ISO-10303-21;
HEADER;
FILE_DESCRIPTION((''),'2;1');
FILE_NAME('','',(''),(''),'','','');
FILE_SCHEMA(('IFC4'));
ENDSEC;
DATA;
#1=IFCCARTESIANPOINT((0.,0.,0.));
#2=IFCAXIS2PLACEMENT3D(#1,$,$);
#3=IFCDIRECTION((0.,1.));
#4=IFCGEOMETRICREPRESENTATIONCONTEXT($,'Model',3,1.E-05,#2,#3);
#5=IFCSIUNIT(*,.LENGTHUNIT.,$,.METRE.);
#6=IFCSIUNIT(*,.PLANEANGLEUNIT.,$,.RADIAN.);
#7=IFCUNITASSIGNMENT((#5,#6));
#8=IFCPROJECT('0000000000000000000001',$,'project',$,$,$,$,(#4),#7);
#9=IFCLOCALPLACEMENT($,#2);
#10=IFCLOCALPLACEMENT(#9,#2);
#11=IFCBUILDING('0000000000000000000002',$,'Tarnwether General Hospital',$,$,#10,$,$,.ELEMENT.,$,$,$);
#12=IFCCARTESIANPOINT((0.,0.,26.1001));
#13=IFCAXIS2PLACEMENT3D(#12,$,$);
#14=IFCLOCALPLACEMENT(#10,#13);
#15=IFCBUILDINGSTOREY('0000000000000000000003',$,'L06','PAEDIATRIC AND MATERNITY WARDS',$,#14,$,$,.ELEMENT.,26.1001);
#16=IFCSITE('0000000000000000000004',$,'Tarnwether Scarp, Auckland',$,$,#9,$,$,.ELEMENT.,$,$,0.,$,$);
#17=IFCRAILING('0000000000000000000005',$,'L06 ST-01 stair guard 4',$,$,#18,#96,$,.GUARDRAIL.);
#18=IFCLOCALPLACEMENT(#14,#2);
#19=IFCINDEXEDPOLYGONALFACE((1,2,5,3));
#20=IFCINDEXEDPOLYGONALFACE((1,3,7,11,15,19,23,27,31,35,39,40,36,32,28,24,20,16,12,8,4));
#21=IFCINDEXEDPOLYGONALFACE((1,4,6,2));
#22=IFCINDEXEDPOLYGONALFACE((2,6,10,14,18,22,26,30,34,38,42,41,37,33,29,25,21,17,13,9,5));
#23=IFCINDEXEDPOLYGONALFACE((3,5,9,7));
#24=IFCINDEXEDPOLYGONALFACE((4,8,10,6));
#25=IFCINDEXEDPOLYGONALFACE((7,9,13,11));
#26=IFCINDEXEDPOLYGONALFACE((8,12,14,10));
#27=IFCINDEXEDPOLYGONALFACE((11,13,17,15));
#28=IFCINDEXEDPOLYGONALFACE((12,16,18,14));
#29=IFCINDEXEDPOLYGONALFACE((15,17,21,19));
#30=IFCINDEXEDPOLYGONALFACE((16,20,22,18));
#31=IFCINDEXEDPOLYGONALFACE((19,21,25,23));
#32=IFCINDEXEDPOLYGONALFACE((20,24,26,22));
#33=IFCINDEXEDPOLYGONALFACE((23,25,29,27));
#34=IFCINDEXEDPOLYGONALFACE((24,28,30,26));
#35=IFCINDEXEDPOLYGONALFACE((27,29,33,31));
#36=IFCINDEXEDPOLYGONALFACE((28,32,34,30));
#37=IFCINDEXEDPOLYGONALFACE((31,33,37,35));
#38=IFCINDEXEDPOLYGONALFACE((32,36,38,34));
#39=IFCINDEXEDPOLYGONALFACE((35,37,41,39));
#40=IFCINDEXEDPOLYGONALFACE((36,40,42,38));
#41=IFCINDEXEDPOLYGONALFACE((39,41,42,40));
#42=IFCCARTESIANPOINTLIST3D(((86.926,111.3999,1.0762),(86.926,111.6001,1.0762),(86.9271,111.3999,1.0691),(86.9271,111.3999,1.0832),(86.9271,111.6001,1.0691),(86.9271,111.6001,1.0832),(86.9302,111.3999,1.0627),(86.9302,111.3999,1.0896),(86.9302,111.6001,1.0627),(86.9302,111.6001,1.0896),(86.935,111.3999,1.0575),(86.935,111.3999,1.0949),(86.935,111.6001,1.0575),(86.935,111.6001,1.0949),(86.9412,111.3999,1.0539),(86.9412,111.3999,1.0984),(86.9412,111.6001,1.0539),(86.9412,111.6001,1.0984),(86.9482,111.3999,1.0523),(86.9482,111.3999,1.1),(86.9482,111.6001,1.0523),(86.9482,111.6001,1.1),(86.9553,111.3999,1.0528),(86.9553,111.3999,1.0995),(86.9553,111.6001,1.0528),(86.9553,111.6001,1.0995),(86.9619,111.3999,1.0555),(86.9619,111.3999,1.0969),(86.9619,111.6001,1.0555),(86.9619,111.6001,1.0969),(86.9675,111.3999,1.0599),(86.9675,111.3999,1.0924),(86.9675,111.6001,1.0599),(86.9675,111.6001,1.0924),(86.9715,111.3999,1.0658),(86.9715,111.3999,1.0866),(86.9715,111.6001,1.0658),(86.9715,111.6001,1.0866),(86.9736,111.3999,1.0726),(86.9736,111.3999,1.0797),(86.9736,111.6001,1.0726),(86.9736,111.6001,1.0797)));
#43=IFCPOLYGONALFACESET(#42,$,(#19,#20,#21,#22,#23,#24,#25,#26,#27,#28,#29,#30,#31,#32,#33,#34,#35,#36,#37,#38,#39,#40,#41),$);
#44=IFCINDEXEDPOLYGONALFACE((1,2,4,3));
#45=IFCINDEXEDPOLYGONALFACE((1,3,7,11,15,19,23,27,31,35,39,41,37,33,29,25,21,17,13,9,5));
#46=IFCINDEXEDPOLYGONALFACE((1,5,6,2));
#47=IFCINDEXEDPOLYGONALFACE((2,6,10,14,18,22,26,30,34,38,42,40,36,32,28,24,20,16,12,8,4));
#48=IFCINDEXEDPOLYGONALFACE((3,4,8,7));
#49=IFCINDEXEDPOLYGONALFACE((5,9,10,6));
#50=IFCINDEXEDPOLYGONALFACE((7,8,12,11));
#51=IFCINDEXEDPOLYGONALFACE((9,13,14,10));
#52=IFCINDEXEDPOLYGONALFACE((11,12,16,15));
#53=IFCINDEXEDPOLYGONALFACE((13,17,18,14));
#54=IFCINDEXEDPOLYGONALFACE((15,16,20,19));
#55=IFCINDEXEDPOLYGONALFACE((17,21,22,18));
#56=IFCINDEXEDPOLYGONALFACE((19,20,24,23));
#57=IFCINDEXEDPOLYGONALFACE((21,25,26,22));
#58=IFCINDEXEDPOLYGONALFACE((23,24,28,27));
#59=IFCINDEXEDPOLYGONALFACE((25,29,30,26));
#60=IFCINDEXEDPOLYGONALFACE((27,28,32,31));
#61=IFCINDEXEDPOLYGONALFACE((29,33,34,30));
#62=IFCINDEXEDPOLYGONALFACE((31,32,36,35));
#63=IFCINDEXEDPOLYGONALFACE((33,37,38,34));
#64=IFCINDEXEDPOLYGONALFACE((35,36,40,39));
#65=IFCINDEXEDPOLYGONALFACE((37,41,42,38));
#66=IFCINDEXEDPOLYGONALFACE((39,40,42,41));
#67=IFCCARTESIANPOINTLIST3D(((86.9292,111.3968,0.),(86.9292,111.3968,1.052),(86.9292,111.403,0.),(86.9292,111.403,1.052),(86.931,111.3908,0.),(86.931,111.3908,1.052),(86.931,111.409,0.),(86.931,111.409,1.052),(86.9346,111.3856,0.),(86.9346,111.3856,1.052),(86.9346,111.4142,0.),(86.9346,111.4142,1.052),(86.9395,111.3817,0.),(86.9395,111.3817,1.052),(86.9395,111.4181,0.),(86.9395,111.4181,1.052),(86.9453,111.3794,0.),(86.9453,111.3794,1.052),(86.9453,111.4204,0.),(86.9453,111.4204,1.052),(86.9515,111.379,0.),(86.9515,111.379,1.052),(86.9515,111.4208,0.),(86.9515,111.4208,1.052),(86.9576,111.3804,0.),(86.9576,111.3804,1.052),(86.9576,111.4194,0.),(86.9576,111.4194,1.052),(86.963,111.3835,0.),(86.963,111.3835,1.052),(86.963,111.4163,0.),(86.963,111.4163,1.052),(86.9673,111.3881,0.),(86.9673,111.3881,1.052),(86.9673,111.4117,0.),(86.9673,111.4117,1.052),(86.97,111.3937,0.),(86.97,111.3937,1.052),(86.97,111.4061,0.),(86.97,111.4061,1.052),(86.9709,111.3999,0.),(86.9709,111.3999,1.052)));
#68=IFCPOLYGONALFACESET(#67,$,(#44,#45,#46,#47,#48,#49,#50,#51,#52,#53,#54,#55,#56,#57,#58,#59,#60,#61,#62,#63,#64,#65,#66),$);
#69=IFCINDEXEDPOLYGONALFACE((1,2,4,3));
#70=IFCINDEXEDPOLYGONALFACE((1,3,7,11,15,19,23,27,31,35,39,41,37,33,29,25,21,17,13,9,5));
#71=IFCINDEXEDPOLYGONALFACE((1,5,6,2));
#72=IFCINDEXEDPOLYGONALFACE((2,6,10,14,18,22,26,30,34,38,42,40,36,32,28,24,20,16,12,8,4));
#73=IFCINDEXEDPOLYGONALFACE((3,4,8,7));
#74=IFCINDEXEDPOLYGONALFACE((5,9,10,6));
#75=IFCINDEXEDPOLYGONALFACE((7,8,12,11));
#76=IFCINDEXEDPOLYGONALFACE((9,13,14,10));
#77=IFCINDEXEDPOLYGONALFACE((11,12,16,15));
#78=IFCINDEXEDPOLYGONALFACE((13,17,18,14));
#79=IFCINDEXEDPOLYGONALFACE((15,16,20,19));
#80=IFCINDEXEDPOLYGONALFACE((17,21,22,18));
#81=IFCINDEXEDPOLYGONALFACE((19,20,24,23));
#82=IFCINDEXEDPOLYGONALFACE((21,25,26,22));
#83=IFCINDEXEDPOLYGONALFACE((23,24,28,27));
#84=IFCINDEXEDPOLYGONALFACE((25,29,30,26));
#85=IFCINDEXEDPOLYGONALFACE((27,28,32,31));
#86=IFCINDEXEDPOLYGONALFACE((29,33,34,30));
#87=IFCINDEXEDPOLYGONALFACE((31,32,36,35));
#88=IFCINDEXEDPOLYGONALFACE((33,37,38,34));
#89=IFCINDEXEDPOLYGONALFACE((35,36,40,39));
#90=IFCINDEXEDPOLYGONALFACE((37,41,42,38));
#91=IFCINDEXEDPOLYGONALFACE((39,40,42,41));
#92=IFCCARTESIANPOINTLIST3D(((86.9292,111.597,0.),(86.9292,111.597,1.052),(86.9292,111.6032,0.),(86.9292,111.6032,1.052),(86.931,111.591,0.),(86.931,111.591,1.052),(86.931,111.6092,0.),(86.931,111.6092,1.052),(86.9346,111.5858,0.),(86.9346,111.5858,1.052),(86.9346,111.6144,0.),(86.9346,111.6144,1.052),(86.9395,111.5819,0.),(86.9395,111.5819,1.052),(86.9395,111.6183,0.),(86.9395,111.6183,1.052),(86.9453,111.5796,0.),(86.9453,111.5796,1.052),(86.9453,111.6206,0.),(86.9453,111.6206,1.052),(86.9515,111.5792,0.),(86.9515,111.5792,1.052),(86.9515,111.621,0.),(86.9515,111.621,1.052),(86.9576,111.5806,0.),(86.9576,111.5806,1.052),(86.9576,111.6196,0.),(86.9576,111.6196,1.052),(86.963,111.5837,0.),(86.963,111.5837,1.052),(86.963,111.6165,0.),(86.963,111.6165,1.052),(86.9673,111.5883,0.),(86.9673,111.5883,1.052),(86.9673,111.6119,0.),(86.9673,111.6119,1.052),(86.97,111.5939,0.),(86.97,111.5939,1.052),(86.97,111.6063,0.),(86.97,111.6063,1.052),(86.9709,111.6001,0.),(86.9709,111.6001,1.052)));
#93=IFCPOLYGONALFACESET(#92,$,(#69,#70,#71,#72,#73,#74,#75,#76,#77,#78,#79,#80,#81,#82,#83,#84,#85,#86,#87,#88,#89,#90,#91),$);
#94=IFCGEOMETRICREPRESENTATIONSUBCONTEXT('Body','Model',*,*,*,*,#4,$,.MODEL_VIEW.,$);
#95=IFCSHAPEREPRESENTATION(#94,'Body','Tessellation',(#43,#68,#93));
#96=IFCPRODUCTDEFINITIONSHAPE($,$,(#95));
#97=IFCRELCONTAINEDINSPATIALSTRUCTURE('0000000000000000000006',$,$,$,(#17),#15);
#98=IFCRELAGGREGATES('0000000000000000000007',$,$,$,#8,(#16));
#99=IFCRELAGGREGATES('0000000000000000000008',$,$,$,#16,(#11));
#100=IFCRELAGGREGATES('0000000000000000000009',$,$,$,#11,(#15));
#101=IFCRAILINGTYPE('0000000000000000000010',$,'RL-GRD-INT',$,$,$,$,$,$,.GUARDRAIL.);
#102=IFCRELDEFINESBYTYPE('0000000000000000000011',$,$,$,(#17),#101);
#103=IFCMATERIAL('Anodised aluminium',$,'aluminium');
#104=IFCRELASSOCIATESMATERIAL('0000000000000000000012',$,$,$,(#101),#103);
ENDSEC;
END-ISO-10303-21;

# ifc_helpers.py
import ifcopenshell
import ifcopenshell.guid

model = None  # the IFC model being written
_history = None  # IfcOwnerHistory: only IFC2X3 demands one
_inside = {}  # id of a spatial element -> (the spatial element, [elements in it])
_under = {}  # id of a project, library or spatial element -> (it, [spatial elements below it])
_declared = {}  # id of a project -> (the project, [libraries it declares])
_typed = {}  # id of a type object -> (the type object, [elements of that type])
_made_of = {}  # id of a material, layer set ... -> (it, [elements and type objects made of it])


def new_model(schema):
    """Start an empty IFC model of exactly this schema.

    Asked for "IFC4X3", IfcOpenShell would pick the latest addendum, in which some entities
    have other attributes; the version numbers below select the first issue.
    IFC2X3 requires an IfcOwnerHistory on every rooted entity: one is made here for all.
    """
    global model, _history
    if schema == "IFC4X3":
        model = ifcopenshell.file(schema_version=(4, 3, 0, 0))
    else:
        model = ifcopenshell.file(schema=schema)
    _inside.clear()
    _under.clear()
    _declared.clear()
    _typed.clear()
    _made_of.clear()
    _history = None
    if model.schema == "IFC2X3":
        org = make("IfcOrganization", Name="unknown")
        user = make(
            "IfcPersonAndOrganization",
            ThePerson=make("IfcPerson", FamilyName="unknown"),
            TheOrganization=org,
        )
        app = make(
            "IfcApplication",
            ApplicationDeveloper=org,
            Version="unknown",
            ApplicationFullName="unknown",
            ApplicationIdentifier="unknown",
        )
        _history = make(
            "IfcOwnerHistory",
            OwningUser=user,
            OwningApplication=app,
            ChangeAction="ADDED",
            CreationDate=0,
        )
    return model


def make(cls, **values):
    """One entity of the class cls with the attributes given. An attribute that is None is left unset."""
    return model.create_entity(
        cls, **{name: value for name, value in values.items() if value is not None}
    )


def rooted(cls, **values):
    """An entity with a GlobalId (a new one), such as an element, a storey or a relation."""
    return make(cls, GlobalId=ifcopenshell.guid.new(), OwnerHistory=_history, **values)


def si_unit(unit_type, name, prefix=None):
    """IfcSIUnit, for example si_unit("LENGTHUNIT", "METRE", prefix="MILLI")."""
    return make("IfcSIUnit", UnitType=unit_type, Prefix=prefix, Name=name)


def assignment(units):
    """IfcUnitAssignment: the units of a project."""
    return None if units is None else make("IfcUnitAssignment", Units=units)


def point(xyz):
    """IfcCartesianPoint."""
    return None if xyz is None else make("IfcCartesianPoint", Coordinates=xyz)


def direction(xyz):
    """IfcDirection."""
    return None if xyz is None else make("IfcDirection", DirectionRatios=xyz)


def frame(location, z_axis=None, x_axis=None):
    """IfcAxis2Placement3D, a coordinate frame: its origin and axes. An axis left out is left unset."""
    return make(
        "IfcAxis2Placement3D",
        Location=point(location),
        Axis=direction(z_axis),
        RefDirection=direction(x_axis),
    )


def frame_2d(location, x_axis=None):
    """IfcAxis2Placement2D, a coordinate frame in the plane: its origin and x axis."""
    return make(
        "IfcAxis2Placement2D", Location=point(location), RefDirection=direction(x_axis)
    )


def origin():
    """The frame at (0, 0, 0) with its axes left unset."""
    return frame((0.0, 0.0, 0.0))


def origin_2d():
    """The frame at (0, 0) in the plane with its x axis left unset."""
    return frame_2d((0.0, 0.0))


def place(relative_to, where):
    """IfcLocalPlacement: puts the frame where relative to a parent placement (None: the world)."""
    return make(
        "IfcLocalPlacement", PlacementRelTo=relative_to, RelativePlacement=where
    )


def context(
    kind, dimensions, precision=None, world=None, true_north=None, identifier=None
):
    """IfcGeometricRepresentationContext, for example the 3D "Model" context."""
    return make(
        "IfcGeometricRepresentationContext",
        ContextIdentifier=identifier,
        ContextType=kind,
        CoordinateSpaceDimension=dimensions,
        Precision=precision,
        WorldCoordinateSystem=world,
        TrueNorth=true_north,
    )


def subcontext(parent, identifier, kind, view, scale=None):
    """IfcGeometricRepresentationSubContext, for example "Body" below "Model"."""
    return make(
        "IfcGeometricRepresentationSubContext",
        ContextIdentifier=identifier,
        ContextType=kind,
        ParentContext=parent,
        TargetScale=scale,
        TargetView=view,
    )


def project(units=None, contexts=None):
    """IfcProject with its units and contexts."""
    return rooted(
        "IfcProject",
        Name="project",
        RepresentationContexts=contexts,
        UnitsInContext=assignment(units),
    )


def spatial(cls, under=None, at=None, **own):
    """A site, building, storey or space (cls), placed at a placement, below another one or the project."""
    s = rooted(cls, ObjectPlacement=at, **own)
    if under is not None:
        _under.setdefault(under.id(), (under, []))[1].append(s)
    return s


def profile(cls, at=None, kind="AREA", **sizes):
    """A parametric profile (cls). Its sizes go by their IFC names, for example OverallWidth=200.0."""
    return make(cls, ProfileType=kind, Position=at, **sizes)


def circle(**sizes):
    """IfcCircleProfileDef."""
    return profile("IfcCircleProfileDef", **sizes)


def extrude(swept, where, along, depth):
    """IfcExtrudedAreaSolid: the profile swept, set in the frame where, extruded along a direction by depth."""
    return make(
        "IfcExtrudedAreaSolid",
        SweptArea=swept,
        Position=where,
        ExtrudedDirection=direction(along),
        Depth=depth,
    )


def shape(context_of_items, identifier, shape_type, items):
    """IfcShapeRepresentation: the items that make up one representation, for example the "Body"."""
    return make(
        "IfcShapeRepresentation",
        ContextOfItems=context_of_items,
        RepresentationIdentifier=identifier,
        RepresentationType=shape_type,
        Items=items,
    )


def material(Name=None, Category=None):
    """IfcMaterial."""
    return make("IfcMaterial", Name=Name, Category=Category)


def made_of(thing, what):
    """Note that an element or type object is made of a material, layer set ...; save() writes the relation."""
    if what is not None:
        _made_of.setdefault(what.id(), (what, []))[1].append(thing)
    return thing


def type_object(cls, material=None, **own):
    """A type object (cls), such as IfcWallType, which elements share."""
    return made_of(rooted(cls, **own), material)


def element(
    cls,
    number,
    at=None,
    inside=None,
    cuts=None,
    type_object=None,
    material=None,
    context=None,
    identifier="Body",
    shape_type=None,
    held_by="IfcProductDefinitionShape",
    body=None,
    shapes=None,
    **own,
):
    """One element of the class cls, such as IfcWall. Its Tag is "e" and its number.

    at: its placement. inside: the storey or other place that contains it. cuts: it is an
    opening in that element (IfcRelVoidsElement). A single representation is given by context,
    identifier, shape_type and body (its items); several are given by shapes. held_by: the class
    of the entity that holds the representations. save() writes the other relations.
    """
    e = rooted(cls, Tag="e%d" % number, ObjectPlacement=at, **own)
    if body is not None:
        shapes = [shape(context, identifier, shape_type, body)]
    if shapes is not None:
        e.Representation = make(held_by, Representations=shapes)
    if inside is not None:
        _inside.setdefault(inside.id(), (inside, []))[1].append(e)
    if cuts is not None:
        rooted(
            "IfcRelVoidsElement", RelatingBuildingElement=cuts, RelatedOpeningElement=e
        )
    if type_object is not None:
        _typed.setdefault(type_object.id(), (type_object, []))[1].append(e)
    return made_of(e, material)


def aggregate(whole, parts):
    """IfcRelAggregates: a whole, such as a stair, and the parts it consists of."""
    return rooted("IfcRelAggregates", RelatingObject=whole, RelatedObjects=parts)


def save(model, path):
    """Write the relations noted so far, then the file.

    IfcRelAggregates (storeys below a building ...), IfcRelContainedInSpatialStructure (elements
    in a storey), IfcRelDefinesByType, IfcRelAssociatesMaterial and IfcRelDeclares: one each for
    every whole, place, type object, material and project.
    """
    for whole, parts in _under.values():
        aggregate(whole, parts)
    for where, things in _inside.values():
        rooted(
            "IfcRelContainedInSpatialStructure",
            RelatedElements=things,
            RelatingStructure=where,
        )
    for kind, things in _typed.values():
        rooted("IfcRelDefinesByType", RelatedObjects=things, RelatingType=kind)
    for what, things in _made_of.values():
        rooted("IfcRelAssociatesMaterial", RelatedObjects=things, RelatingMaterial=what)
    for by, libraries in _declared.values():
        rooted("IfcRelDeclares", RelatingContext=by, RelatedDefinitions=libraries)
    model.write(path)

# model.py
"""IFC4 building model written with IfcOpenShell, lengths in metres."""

from ifc_helpers import new_model, si_unit, direction, frame, origin, origin_2d, place, context, subcontext, project, spatial, circle, extrude, material, type_object, element, save


model = new_model("IFC4")

# Units and contexts
model_context = context("Model", 3, precision=1e-05, world=origin(), true_north=direction((0.0, 1.0)))
body_context = subcontext(model_context, "Body", "Model", "MODEL_VIEW")
ifc_project = project(units=[si_unit("LENGTHUNIT", "METRE"), si_unit("PLANEANGLEUNIT", "RADIAN")], contexts=[model_context])

# Site, building, storey
site_placement = place(None, origin())
site = spatial("IfcSite", under=ifc_project, at=site_placement, Name="Tarnwether Scarp, Auckland", CompositionType="ELEMENT", RefElevation=0.0)
building_placement = place(site_placement, origin())
building = spatial("IfcBuilding", under=site, at=building_placement, Name="Tarnwether General Hospital", CompositionType="ELEMENT")
storey_placement = place(building_placement, frame((0.0, 0.0, 26.1001)))
storey = spatial("IfcBuildingStorey", under=building, at=storey_placement, Name="L06", Description="PAEDIATRIC AND MATERNITY WARDS", CompositionType="ELEMENT", Elevation=26.1001)

# Railing
ifc_material_1 = material(Name="Anodised aluminium", Category="aluminium")
railing_type_1 = type_object("IfcRailingType", Name="RL-GRD-INT", PredefinedType="GUARDRAIL", material=ifc_material_1)
railing_1_placement = place(storey_placement, frame((86.95, 111.3999, 0.0)))
element("IfcRailing", 1, at=railing_1_placement, inside=storey, type_object=railing_type_1, Name="L06 ST-01 stair guard 4", PredefinedType="GUARDRAIL", context=body_context, shape_type="SweptSolid", body=[
    extrude(circle(Radius=0.0239, at=origin_2d()), frame((0.0, 0.0, 1.0762), z_axis=(0.0, 1.0, 0.0), x_axis=(-1.0, 0.0, 0.0)), (0.0, 0.0, 1.0), 0.2002),
    extrude(circle(Radius=0.021, at=origin_2d()), origin(), (0.0, 0.0, 1.0), 1.052),
    extrude(circle(Radius=0.021, at=origin_2d()), frame((0.0, 0.2002, 0.0)), (0.0, 0.0, 1.0), 1.052),
])

save(model, "model.ifc")
